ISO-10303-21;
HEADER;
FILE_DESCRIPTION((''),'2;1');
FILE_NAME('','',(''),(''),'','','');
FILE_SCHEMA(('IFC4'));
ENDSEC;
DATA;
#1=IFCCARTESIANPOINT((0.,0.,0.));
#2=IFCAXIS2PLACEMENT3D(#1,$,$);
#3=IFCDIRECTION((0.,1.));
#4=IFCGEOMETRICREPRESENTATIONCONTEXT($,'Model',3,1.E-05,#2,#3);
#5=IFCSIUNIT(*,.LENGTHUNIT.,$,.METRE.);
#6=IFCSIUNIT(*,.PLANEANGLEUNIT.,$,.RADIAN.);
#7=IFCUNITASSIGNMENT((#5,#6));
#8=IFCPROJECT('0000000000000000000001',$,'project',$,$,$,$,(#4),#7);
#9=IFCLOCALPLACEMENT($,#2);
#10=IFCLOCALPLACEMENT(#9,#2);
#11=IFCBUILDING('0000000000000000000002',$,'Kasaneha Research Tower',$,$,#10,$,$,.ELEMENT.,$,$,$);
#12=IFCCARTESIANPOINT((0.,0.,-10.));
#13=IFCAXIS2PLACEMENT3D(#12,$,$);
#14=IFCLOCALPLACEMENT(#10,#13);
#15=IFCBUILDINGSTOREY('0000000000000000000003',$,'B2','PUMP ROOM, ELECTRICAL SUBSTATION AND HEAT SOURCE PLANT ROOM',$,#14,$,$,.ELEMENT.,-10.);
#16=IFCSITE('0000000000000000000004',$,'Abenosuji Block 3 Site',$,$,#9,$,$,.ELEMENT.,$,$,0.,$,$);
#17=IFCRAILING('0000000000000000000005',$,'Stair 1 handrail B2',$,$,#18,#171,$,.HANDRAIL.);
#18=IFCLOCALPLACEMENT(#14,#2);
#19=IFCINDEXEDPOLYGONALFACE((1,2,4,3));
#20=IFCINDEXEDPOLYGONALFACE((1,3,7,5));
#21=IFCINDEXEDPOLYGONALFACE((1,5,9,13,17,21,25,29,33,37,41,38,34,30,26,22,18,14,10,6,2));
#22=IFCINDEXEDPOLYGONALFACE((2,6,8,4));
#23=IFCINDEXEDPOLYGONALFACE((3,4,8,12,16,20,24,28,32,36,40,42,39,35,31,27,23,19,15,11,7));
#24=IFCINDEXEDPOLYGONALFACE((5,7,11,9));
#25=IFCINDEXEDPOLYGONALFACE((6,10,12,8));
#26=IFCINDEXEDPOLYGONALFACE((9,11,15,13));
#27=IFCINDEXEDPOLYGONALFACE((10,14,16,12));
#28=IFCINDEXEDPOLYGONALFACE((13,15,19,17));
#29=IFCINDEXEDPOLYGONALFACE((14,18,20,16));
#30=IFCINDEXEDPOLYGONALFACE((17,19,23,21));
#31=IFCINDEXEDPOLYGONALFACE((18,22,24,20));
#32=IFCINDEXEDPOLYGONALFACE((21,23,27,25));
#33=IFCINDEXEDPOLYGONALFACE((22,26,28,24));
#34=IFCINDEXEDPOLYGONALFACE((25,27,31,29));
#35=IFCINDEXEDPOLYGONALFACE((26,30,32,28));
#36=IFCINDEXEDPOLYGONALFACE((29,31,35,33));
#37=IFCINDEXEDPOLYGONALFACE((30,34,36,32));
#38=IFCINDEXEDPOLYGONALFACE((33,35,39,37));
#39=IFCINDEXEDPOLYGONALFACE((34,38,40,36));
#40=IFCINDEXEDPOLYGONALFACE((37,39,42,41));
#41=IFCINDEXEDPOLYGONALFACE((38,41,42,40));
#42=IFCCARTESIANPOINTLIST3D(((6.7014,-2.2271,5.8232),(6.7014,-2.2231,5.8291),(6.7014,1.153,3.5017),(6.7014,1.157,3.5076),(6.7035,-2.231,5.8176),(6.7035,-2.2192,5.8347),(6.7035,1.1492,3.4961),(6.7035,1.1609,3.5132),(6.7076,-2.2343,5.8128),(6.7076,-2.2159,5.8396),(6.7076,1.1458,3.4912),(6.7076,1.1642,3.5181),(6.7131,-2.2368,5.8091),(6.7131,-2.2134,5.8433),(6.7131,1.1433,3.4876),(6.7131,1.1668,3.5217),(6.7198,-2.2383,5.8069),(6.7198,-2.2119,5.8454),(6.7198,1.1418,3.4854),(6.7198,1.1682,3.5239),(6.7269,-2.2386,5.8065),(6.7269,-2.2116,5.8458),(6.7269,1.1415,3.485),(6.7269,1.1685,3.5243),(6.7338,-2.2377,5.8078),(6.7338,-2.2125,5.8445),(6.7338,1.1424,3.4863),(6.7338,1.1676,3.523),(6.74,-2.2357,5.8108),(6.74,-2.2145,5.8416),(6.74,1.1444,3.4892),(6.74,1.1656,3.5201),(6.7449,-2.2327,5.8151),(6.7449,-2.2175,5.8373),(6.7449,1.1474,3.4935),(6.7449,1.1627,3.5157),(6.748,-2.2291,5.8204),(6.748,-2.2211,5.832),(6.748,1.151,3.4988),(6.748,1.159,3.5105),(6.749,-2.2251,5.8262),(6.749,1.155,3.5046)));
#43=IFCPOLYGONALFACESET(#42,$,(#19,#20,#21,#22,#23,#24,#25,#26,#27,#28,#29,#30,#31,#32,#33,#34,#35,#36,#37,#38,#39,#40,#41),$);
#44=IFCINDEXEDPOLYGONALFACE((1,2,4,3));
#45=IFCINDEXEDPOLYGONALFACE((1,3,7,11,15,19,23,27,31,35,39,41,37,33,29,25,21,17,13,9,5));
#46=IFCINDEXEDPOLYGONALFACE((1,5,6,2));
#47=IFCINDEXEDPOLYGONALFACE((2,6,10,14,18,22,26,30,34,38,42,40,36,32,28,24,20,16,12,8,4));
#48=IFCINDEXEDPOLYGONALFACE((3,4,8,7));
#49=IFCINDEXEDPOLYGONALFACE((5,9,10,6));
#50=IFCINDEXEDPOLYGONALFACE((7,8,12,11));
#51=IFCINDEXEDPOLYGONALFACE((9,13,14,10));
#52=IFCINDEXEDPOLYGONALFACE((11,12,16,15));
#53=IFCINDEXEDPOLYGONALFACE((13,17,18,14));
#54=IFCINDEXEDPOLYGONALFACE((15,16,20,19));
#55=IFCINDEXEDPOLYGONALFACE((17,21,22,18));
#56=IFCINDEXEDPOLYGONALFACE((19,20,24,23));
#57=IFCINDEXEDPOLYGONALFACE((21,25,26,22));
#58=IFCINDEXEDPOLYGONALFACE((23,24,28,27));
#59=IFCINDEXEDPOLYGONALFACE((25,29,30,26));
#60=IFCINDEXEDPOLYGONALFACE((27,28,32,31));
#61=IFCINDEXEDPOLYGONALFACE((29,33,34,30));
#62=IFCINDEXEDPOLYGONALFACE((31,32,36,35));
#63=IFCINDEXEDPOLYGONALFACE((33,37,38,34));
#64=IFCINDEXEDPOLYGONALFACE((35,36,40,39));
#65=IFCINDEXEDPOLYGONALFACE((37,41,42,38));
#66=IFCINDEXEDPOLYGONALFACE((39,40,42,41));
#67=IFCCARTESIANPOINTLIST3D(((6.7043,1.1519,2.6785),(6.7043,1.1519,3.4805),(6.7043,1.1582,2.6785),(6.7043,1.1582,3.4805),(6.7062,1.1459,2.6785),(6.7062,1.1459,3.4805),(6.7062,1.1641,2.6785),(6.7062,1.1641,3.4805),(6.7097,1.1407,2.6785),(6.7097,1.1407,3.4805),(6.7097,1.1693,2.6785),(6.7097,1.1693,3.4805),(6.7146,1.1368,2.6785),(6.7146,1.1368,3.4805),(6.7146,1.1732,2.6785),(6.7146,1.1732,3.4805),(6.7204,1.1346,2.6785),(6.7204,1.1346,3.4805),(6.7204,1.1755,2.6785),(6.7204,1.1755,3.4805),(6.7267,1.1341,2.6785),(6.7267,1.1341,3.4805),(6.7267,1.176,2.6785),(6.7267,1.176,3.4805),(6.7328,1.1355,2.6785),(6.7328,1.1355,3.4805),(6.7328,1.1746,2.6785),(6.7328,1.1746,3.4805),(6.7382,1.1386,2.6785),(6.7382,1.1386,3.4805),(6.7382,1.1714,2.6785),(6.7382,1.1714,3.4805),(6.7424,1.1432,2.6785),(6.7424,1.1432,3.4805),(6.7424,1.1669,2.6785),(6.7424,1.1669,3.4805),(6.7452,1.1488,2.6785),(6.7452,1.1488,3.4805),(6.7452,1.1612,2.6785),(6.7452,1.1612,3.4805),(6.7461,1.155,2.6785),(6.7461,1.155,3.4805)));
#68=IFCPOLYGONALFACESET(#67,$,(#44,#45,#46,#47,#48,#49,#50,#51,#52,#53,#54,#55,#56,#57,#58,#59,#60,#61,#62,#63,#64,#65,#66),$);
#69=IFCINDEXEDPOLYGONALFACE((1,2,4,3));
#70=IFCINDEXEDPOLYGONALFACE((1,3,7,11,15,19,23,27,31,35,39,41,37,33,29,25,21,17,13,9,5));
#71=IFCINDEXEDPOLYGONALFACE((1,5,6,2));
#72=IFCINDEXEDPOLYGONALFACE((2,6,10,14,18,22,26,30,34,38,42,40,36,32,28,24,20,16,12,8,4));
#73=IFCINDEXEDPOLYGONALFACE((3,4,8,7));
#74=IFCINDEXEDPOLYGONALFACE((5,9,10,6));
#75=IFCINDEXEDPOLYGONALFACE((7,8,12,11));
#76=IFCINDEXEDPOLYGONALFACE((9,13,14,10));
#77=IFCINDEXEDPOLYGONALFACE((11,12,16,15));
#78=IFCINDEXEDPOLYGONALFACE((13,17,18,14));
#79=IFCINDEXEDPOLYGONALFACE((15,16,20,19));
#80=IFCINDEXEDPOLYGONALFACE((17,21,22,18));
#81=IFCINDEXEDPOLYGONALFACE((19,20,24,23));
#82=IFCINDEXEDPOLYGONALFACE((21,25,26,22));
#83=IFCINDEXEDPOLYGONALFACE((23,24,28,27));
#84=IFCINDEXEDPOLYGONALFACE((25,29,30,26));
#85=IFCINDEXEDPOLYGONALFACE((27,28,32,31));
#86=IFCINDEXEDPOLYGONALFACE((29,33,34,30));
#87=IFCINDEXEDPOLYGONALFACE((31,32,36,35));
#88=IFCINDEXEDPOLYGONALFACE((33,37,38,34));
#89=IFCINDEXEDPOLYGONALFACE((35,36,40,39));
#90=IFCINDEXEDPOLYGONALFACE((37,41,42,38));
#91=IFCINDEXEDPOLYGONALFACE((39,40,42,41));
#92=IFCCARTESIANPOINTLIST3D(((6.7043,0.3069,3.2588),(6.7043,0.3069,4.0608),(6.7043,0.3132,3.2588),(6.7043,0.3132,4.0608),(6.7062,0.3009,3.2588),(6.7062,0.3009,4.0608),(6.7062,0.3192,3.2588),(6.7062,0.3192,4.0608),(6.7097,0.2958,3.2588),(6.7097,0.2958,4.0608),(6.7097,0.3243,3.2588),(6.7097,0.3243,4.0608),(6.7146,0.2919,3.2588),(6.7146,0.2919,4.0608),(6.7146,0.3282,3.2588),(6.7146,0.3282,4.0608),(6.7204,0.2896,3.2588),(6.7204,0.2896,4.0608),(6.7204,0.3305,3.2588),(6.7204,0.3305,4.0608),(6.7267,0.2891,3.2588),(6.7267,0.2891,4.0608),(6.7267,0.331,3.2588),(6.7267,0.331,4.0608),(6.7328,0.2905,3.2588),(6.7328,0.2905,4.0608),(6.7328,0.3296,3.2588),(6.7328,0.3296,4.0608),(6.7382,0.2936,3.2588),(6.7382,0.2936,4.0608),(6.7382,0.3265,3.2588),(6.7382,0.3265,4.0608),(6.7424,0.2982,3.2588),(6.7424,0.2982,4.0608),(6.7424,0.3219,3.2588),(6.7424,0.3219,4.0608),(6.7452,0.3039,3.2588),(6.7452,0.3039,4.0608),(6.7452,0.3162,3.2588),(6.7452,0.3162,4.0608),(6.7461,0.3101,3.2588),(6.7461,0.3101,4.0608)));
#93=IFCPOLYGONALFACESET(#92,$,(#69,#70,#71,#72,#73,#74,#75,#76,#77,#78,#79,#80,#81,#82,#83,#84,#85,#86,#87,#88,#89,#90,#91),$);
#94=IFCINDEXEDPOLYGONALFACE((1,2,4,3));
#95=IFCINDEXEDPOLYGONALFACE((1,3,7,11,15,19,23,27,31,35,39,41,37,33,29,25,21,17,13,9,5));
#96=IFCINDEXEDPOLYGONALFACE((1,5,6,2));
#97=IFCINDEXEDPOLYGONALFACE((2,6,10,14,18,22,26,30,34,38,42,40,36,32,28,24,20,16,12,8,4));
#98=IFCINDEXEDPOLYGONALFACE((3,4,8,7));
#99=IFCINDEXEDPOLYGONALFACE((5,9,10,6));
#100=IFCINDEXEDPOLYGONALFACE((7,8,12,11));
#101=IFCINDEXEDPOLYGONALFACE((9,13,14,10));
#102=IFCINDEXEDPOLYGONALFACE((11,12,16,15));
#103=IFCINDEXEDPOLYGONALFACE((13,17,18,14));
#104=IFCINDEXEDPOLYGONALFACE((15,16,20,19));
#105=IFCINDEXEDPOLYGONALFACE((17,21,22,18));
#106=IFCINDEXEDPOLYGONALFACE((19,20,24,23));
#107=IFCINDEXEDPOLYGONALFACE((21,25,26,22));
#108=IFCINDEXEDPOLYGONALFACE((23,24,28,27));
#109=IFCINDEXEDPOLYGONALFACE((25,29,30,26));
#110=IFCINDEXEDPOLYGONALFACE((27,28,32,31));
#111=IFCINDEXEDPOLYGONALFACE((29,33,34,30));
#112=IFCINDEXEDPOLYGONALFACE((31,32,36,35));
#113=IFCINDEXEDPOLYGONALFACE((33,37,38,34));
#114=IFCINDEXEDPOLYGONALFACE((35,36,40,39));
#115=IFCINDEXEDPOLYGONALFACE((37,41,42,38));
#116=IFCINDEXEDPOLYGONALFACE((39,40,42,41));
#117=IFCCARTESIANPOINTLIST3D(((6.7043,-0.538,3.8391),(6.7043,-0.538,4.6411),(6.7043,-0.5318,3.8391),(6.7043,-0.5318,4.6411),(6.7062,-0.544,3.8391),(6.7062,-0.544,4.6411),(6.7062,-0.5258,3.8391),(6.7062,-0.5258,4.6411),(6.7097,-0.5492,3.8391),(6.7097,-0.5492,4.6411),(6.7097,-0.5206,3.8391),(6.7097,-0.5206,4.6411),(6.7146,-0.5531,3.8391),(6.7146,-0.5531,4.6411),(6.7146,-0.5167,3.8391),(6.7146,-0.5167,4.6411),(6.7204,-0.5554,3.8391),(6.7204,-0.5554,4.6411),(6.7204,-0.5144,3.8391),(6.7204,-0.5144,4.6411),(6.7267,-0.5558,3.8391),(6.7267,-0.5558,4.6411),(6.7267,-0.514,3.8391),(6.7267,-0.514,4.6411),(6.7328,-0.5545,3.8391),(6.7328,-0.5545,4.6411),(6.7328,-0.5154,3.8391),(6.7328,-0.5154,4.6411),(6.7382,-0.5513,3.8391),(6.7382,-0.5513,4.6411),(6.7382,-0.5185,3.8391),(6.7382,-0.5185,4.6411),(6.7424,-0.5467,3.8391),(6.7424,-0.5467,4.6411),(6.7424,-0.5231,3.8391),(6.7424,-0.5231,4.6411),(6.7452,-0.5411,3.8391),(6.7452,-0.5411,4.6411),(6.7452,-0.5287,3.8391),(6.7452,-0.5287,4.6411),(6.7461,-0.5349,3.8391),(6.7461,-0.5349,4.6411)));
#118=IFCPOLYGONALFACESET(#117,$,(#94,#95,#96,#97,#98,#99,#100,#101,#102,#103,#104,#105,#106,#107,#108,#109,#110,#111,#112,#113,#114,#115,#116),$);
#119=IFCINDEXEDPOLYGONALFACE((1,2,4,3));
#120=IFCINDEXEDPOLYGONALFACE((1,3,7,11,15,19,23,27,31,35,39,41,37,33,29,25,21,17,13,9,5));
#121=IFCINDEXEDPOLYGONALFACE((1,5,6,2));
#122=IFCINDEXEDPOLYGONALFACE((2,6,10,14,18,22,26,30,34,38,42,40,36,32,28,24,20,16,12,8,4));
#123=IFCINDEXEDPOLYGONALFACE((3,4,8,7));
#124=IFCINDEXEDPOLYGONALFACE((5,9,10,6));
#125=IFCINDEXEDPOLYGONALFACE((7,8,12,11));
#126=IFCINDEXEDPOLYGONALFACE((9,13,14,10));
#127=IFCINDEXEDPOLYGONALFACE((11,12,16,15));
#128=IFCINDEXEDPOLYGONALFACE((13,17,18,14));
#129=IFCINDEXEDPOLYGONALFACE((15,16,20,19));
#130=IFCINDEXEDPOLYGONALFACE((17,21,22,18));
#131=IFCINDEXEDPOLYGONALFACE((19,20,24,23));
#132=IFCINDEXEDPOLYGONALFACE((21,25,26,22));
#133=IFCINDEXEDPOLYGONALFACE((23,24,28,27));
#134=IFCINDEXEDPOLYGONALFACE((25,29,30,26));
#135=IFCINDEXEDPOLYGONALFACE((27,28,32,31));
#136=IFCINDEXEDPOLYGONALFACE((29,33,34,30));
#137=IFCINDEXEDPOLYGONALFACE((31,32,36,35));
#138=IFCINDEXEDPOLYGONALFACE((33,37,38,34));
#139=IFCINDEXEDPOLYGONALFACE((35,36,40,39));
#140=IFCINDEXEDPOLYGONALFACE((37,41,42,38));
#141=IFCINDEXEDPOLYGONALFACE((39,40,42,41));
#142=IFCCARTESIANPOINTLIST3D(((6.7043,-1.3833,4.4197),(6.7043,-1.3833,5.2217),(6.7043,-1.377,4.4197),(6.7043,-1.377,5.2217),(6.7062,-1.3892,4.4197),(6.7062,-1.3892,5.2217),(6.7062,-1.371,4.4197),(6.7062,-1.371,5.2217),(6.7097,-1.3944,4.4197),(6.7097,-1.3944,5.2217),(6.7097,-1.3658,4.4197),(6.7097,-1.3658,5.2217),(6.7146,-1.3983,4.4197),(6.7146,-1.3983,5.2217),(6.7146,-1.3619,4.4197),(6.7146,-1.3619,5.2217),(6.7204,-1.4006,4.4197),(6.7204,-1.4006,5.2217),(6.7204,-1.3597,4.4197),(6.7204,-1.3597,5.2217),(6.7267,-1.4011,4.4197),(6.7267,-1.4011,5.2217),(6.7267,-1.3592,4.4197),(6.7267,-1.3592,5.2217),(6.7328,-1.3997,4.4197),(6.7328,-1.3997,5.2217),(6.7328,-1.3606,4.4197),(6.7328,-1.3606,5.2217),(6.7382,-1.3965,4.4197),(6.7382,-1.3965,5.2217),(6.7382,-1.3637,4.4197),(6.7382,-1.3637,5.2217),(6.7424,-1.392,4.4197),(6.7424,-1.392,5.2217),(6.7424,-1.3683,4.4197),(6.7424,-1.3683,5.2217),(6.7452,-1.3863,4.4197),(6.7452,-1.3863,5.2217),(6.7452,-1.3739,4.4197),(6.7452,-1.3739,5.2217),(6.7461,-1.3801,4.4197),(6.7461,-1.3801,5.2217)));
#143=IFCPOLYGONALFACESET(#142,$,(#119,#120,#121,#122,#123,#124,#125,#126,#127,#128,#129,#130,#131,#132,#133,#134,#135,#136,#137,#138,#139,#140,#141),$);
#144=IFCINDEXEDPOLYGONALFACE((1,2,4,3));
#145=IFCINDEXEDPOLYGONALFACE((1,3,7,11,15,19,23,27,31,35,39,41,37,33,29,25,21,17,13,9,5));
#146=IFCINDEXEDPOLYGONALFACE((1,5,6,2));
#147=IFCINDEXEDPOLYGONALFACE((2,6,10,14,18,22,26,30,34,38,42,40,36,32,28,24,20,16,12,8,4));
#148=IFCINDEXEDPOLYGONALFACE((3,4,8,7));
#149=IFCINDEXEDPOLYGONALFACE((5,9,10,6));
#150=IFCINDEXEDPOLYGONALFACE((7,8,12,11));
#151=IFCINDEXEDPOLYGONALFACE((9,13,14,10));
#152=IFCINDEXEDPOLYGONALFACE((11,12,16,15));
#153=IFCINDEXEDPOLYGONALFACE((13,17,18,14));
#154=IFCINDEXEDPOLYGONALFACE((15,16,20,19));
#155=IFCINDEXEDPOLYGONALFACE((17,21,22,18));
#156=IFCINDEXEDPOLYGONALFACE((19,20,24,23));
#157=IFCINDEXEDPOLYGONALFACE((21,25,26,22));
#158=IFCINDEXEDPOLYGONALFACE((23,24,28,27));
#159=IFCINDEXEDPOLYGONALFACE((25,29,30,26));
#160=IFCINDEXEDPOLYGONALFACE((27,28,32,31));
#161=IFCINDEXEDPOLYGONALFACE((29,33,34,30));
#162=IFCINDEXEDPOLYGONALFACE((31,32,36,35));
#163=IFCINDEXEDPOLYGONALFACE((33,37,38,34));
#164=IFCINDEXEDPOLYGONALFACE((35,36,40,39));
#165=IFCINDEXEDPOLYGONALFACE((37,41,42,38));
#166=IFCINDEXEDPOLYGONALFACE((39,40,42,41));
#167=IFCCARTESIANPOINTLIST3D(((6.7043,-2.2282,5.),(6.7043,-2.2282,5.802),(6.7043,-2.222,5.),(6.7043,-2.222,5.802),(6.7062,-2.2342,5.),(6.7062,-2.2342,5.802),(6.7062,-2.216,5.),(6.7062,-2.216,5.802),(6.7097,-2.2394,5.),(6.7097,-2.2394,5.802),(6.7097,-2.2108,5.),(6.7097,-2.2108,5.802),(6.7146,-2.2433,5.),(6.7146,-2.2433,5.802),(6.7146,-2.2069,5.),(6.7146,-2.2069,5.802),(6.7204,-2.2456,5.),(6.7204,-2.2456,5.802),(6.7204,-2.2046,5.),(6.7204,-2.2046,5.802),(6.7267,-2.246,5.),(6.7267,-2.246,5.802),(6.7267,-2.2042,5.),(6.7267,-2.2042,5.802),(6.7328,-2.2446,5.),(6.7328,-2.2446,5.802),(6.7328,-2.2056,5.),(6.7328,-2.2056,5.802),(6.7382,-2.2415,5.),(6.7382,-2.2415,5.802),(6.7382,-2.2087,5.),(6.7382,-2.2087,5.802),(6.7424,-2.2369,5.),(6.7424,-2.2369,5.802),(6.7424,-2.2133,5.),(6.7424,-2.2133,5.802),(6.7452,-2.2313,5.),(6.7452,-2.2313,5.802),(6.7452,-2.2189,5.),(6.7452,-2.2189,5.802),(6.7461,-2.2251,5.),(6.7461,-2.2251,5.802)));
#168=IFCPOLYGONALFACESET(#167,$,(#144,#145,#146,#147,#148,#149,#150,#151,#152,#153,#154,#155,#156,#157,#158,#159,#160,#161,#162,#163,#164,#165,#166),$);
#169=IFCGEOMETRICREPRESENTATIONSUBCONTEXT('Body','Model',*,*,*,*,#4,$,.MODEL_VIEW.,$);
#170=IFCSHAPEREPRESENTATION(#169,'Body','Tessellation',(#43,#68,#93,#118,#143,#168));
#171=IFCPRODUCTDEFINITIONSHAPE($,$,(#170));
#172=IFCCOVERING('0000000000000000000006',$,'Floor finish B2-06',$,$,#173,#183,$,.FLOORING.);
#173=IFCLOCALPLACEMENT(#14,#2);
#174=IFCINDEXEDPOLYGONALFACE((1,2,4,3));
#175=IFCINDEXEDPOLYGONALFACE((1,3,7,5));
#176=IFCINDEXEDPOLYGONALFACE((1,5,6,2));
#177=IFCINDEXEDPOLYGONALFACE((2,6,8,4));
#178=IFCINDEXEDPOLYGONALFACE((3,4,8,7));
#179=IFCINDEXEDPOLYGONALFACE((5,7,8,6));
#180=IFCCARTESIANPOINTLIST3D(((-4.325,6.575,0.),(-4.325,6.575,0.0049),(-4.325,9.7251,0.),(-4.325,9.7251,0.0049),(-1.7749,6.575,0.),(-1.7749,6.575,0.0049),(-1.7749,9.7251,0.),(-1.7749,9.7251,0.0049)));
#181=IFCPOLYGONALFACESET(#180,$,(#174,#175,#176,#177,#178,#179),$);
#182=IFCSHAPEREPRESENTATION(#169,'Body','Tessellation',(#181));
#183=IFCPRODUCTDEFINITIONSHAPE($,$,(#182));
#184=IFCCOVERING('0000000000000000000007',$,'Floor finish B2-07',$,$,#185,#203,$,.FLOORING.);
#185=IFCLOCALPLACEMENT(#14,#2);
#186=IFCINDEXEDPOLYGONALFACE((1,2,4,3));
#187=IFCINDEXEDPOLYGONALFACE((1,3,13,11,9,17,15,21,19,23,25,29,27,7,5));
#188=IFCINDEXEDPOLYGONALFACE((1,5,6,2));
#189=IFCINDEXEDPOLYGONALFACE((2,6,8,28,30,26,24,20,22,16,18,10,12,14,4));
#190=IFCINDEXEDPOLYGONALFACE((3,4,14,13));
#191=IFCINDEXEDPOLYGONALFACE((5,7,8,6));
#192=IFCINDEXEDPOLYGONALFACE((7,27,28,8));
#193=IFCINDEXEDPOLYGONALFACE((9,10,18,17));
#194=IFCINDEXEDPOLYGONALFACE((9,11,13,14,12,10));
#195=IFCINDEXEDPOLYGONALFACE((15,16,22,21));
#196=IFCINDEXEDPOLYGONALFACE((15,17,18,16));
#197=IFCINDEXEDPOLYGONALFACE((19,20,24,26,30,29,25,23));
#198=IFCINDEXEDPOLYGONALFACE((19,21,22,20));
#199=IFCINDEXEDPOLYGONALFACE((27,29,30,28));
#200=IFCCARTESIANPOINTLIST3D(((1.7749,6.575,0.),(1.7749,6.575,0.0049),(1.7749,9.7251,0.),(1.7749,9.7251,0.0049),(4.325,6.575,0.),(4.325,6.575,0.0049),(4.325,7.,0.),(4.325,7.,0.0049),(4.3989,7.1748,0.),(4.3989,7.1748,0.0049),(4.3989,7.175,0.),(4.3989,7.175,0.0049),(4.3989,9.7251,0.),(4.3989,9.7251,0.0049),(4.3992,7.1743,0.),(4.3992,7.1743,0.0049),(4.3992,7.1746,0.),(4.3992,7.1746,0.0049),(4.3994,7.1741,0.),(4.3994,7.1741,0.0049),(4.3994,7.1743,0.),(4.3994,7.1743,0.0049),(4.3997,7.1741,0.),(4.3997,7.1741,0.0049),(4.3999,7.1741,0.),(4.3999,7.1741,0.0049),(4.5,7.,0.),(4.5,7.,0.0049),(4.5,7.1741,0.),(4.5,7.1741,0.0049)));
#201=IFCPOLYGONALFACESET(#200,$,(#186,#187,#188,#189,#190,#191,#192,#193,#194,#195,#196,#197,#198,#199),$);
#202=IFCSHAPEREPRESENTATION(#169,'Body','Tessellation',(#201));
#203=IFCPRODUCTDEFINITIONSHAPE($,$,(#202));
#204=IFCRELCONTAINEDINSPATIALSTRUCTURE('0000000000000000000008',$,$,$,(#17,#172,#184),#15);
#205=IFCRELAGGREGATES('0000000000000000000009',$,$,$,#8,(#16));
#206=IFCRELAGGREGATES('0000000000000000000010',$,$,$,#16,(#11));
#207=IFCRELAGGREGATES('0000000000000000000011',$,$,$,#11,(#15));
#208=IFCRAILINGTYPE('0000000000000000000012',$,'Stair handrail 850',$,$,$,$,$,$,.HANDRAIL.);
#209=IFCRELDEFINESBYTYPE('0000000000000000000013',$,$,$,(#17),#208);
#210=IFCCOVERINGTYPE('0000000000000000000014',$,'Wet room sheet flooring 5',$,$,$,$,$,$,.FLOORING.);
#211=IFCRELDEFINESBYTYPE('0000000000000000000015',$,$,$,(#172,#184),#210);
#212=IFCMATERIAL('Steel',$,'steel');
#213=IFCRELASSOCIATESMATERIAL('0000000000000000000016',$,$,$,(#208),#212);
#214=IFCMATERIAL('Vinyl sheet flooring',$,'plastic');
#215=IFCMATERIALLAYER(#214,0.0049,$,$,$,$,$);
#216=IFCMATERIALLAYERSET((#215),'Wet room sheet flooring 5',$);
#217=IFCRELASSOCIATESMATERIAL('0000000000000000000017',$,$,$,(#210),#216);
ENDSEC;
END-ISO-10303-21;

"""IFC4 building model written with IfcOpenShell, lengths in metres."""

from ifc_helpers import new_model, si_unit, direction, frame, origin, origin_2d, place, context, subcontext, project, spatial, polyline, circle, outline, extrude, material, layer, layer_set, type_object, element, save


model = new_model("IFC4")

# Units and contexts
model_context = context("Model", 3, precision=1e-05, world=origin(), true_north=direction((0.0, 1.0)))
body_context = subcontext(model_context, "Body", "Model", "MODEL_VIEW")
ifc_project = project(units=[si_unit("LENGTHUNIT", "METRE"), si_unit("PLANEANGLEUNIT", "RADIAN")], contexts=[model_context])

# Site, building, storey
site_placement = place(None, origin())
site = spatial("IfcSite", under=ifc_project, at=site_placement, Name="Abenosuji Block 3 Site", CompositionType="ELEMENT", RefElevation=0.0)
building_placement = place(site_placement, origin())
building = spatial("IfcBuilding", under=site, at=building_placement, Name="Kasaneha Research Tower", CompositionType="ELEMENT")
storey_placement = place(building_placement, frame((0.0, 0.0, -10.0)))
storey = spatial("IfcBuildingStorey", under=building, at=storey_placement, Name="B2", Description="PUMP ROOM, ELECTRICAL SUBSTATION AND HEAT SOURCE PLANT ROOM", CompositionType="ELEMENT", Elevation=-10.0)

# Railing
ifc_material_1 = material(Name="Steel", Category="steel")
railing_type_1 = type_object("IfcRailingType", Name="Stair handrail 850", PredefinedType="HANDRAIL", material=ifc_material_1)
railing_1_placement = place(storey_placement, frame((6.7251, 1.155, 2.6785)))
element("IfcRailing", 1, at=railing_1_placement, inside=storey, type_object=railing_type_1, Name="Stair 1 handrail B2", PredefinedType="HANDRAIL", context=body_context, shape_type="SweptSolid", body=[
    extrude(circle(Radius=0.0239, at=origin_2d()), frame((0.0, 0.0, 0.8262), z_axis=(0.0, -0.824304, 0.566147), x_axis=(1.0, 0.0, 0.0)), (0.0, 0.0, 1.0), 4.1006),
    extrude(circle(Radius=0.021, at=origin_2d()), origin(), (0.0, 0.0, 1.0), 0.802),
    extrude(circle(Radius=0.021, at=origin_2d()), frame((0.0, -0.845, 0.5803)), (0.0, 0.0, 1.0), 0.802),
    extrude(circle(Radius=0.021, at=origin_2d()), frame((0.0, -1.6899, 1.1606)), (0.0, 0.0, 1.0), 0.802),
    extrude(circle(Radius=0.021, at=origin_2d()), frame((0.0, -2.5352, 1.7412)), (0.0, 0.0, 1.0), 0.802),
    extrude(circle(Radius=0.021, at=origin_2d()), frame((0.0, -3.3801, 2.3215)), (0.0, 0.0, 1.0), 0.802),
])

# Coverings
ifc_material_2 = material(Name="Vinyl sheet flooring", Category="plastic")
ifc_layer_1 = layer(ifc_material_2, 0.0049)
ifc_layer_set_1 = layer_set([ifc_layer_1], Name="Wet room sheet flooring 5")
covering_type = type_object("IfcCoveringType", Name="Wet room sheet flooring 5", PredefinedType="FLOORING", material=ifc_layer_set_1)
covering_1_placement = place(storey_placement, origin())
element("IfcCovering", 2, at=covering_1_placement, inside=storey, type_object=covering_type, Name="Floor finish B2-06", PredefinedType="FLOORING", context=body_context, shape_type="SweptSolid", body=[
    extrude(outline(polyline([(-1.7749, 9.7251), (-1.7749, 6.575), (-4.325, 6.575), (-4.325, 9.7251), (-1.7749, 9.7251)])), origin(), (0.0, 0.0, 1.0), 0.0049),
])
covering_2_placement = place(storey_placement, origin())
element("IfcCovering", 3, at=covering_2_placement, inside=storey, type_object=covering_type, Name="Floor finish B2-07", PredefinedType="FLOORING", context=body_context, shape_type="SweptSolid", body=[
    extrude(outline(polyline([(4.3989, 9.7251), (4.3989, 7.175), (4.3989, 7.1748), (4.3989, 7.1748), (4.3989, 7.1748), (4.3992, 7.1746), (4.3992, 7.1746), (4.3992, 7.1746), (4.3992, 7.1743), (4.3992, 7.1743), (4.3994, 7.1743), (4.3994, 7.1741), (4.3994, 7.1741), (4.3997, 7.1741), (4.3997, 7.1741), (4.3999, 7.1741), (4.3999, 7.1741), (4.3999, 7.1741), (4.5, 7.1741), (4.5, 7.0), (4.325, 7.0), (4.325, 6.575), (1.7749, 6.575), (1.7749, 9.7251), (4.3989, 9.7251)])), origin(), (0.0, 0.0, 1.0), 0.0049),
])

save(model, "model.ifc")
